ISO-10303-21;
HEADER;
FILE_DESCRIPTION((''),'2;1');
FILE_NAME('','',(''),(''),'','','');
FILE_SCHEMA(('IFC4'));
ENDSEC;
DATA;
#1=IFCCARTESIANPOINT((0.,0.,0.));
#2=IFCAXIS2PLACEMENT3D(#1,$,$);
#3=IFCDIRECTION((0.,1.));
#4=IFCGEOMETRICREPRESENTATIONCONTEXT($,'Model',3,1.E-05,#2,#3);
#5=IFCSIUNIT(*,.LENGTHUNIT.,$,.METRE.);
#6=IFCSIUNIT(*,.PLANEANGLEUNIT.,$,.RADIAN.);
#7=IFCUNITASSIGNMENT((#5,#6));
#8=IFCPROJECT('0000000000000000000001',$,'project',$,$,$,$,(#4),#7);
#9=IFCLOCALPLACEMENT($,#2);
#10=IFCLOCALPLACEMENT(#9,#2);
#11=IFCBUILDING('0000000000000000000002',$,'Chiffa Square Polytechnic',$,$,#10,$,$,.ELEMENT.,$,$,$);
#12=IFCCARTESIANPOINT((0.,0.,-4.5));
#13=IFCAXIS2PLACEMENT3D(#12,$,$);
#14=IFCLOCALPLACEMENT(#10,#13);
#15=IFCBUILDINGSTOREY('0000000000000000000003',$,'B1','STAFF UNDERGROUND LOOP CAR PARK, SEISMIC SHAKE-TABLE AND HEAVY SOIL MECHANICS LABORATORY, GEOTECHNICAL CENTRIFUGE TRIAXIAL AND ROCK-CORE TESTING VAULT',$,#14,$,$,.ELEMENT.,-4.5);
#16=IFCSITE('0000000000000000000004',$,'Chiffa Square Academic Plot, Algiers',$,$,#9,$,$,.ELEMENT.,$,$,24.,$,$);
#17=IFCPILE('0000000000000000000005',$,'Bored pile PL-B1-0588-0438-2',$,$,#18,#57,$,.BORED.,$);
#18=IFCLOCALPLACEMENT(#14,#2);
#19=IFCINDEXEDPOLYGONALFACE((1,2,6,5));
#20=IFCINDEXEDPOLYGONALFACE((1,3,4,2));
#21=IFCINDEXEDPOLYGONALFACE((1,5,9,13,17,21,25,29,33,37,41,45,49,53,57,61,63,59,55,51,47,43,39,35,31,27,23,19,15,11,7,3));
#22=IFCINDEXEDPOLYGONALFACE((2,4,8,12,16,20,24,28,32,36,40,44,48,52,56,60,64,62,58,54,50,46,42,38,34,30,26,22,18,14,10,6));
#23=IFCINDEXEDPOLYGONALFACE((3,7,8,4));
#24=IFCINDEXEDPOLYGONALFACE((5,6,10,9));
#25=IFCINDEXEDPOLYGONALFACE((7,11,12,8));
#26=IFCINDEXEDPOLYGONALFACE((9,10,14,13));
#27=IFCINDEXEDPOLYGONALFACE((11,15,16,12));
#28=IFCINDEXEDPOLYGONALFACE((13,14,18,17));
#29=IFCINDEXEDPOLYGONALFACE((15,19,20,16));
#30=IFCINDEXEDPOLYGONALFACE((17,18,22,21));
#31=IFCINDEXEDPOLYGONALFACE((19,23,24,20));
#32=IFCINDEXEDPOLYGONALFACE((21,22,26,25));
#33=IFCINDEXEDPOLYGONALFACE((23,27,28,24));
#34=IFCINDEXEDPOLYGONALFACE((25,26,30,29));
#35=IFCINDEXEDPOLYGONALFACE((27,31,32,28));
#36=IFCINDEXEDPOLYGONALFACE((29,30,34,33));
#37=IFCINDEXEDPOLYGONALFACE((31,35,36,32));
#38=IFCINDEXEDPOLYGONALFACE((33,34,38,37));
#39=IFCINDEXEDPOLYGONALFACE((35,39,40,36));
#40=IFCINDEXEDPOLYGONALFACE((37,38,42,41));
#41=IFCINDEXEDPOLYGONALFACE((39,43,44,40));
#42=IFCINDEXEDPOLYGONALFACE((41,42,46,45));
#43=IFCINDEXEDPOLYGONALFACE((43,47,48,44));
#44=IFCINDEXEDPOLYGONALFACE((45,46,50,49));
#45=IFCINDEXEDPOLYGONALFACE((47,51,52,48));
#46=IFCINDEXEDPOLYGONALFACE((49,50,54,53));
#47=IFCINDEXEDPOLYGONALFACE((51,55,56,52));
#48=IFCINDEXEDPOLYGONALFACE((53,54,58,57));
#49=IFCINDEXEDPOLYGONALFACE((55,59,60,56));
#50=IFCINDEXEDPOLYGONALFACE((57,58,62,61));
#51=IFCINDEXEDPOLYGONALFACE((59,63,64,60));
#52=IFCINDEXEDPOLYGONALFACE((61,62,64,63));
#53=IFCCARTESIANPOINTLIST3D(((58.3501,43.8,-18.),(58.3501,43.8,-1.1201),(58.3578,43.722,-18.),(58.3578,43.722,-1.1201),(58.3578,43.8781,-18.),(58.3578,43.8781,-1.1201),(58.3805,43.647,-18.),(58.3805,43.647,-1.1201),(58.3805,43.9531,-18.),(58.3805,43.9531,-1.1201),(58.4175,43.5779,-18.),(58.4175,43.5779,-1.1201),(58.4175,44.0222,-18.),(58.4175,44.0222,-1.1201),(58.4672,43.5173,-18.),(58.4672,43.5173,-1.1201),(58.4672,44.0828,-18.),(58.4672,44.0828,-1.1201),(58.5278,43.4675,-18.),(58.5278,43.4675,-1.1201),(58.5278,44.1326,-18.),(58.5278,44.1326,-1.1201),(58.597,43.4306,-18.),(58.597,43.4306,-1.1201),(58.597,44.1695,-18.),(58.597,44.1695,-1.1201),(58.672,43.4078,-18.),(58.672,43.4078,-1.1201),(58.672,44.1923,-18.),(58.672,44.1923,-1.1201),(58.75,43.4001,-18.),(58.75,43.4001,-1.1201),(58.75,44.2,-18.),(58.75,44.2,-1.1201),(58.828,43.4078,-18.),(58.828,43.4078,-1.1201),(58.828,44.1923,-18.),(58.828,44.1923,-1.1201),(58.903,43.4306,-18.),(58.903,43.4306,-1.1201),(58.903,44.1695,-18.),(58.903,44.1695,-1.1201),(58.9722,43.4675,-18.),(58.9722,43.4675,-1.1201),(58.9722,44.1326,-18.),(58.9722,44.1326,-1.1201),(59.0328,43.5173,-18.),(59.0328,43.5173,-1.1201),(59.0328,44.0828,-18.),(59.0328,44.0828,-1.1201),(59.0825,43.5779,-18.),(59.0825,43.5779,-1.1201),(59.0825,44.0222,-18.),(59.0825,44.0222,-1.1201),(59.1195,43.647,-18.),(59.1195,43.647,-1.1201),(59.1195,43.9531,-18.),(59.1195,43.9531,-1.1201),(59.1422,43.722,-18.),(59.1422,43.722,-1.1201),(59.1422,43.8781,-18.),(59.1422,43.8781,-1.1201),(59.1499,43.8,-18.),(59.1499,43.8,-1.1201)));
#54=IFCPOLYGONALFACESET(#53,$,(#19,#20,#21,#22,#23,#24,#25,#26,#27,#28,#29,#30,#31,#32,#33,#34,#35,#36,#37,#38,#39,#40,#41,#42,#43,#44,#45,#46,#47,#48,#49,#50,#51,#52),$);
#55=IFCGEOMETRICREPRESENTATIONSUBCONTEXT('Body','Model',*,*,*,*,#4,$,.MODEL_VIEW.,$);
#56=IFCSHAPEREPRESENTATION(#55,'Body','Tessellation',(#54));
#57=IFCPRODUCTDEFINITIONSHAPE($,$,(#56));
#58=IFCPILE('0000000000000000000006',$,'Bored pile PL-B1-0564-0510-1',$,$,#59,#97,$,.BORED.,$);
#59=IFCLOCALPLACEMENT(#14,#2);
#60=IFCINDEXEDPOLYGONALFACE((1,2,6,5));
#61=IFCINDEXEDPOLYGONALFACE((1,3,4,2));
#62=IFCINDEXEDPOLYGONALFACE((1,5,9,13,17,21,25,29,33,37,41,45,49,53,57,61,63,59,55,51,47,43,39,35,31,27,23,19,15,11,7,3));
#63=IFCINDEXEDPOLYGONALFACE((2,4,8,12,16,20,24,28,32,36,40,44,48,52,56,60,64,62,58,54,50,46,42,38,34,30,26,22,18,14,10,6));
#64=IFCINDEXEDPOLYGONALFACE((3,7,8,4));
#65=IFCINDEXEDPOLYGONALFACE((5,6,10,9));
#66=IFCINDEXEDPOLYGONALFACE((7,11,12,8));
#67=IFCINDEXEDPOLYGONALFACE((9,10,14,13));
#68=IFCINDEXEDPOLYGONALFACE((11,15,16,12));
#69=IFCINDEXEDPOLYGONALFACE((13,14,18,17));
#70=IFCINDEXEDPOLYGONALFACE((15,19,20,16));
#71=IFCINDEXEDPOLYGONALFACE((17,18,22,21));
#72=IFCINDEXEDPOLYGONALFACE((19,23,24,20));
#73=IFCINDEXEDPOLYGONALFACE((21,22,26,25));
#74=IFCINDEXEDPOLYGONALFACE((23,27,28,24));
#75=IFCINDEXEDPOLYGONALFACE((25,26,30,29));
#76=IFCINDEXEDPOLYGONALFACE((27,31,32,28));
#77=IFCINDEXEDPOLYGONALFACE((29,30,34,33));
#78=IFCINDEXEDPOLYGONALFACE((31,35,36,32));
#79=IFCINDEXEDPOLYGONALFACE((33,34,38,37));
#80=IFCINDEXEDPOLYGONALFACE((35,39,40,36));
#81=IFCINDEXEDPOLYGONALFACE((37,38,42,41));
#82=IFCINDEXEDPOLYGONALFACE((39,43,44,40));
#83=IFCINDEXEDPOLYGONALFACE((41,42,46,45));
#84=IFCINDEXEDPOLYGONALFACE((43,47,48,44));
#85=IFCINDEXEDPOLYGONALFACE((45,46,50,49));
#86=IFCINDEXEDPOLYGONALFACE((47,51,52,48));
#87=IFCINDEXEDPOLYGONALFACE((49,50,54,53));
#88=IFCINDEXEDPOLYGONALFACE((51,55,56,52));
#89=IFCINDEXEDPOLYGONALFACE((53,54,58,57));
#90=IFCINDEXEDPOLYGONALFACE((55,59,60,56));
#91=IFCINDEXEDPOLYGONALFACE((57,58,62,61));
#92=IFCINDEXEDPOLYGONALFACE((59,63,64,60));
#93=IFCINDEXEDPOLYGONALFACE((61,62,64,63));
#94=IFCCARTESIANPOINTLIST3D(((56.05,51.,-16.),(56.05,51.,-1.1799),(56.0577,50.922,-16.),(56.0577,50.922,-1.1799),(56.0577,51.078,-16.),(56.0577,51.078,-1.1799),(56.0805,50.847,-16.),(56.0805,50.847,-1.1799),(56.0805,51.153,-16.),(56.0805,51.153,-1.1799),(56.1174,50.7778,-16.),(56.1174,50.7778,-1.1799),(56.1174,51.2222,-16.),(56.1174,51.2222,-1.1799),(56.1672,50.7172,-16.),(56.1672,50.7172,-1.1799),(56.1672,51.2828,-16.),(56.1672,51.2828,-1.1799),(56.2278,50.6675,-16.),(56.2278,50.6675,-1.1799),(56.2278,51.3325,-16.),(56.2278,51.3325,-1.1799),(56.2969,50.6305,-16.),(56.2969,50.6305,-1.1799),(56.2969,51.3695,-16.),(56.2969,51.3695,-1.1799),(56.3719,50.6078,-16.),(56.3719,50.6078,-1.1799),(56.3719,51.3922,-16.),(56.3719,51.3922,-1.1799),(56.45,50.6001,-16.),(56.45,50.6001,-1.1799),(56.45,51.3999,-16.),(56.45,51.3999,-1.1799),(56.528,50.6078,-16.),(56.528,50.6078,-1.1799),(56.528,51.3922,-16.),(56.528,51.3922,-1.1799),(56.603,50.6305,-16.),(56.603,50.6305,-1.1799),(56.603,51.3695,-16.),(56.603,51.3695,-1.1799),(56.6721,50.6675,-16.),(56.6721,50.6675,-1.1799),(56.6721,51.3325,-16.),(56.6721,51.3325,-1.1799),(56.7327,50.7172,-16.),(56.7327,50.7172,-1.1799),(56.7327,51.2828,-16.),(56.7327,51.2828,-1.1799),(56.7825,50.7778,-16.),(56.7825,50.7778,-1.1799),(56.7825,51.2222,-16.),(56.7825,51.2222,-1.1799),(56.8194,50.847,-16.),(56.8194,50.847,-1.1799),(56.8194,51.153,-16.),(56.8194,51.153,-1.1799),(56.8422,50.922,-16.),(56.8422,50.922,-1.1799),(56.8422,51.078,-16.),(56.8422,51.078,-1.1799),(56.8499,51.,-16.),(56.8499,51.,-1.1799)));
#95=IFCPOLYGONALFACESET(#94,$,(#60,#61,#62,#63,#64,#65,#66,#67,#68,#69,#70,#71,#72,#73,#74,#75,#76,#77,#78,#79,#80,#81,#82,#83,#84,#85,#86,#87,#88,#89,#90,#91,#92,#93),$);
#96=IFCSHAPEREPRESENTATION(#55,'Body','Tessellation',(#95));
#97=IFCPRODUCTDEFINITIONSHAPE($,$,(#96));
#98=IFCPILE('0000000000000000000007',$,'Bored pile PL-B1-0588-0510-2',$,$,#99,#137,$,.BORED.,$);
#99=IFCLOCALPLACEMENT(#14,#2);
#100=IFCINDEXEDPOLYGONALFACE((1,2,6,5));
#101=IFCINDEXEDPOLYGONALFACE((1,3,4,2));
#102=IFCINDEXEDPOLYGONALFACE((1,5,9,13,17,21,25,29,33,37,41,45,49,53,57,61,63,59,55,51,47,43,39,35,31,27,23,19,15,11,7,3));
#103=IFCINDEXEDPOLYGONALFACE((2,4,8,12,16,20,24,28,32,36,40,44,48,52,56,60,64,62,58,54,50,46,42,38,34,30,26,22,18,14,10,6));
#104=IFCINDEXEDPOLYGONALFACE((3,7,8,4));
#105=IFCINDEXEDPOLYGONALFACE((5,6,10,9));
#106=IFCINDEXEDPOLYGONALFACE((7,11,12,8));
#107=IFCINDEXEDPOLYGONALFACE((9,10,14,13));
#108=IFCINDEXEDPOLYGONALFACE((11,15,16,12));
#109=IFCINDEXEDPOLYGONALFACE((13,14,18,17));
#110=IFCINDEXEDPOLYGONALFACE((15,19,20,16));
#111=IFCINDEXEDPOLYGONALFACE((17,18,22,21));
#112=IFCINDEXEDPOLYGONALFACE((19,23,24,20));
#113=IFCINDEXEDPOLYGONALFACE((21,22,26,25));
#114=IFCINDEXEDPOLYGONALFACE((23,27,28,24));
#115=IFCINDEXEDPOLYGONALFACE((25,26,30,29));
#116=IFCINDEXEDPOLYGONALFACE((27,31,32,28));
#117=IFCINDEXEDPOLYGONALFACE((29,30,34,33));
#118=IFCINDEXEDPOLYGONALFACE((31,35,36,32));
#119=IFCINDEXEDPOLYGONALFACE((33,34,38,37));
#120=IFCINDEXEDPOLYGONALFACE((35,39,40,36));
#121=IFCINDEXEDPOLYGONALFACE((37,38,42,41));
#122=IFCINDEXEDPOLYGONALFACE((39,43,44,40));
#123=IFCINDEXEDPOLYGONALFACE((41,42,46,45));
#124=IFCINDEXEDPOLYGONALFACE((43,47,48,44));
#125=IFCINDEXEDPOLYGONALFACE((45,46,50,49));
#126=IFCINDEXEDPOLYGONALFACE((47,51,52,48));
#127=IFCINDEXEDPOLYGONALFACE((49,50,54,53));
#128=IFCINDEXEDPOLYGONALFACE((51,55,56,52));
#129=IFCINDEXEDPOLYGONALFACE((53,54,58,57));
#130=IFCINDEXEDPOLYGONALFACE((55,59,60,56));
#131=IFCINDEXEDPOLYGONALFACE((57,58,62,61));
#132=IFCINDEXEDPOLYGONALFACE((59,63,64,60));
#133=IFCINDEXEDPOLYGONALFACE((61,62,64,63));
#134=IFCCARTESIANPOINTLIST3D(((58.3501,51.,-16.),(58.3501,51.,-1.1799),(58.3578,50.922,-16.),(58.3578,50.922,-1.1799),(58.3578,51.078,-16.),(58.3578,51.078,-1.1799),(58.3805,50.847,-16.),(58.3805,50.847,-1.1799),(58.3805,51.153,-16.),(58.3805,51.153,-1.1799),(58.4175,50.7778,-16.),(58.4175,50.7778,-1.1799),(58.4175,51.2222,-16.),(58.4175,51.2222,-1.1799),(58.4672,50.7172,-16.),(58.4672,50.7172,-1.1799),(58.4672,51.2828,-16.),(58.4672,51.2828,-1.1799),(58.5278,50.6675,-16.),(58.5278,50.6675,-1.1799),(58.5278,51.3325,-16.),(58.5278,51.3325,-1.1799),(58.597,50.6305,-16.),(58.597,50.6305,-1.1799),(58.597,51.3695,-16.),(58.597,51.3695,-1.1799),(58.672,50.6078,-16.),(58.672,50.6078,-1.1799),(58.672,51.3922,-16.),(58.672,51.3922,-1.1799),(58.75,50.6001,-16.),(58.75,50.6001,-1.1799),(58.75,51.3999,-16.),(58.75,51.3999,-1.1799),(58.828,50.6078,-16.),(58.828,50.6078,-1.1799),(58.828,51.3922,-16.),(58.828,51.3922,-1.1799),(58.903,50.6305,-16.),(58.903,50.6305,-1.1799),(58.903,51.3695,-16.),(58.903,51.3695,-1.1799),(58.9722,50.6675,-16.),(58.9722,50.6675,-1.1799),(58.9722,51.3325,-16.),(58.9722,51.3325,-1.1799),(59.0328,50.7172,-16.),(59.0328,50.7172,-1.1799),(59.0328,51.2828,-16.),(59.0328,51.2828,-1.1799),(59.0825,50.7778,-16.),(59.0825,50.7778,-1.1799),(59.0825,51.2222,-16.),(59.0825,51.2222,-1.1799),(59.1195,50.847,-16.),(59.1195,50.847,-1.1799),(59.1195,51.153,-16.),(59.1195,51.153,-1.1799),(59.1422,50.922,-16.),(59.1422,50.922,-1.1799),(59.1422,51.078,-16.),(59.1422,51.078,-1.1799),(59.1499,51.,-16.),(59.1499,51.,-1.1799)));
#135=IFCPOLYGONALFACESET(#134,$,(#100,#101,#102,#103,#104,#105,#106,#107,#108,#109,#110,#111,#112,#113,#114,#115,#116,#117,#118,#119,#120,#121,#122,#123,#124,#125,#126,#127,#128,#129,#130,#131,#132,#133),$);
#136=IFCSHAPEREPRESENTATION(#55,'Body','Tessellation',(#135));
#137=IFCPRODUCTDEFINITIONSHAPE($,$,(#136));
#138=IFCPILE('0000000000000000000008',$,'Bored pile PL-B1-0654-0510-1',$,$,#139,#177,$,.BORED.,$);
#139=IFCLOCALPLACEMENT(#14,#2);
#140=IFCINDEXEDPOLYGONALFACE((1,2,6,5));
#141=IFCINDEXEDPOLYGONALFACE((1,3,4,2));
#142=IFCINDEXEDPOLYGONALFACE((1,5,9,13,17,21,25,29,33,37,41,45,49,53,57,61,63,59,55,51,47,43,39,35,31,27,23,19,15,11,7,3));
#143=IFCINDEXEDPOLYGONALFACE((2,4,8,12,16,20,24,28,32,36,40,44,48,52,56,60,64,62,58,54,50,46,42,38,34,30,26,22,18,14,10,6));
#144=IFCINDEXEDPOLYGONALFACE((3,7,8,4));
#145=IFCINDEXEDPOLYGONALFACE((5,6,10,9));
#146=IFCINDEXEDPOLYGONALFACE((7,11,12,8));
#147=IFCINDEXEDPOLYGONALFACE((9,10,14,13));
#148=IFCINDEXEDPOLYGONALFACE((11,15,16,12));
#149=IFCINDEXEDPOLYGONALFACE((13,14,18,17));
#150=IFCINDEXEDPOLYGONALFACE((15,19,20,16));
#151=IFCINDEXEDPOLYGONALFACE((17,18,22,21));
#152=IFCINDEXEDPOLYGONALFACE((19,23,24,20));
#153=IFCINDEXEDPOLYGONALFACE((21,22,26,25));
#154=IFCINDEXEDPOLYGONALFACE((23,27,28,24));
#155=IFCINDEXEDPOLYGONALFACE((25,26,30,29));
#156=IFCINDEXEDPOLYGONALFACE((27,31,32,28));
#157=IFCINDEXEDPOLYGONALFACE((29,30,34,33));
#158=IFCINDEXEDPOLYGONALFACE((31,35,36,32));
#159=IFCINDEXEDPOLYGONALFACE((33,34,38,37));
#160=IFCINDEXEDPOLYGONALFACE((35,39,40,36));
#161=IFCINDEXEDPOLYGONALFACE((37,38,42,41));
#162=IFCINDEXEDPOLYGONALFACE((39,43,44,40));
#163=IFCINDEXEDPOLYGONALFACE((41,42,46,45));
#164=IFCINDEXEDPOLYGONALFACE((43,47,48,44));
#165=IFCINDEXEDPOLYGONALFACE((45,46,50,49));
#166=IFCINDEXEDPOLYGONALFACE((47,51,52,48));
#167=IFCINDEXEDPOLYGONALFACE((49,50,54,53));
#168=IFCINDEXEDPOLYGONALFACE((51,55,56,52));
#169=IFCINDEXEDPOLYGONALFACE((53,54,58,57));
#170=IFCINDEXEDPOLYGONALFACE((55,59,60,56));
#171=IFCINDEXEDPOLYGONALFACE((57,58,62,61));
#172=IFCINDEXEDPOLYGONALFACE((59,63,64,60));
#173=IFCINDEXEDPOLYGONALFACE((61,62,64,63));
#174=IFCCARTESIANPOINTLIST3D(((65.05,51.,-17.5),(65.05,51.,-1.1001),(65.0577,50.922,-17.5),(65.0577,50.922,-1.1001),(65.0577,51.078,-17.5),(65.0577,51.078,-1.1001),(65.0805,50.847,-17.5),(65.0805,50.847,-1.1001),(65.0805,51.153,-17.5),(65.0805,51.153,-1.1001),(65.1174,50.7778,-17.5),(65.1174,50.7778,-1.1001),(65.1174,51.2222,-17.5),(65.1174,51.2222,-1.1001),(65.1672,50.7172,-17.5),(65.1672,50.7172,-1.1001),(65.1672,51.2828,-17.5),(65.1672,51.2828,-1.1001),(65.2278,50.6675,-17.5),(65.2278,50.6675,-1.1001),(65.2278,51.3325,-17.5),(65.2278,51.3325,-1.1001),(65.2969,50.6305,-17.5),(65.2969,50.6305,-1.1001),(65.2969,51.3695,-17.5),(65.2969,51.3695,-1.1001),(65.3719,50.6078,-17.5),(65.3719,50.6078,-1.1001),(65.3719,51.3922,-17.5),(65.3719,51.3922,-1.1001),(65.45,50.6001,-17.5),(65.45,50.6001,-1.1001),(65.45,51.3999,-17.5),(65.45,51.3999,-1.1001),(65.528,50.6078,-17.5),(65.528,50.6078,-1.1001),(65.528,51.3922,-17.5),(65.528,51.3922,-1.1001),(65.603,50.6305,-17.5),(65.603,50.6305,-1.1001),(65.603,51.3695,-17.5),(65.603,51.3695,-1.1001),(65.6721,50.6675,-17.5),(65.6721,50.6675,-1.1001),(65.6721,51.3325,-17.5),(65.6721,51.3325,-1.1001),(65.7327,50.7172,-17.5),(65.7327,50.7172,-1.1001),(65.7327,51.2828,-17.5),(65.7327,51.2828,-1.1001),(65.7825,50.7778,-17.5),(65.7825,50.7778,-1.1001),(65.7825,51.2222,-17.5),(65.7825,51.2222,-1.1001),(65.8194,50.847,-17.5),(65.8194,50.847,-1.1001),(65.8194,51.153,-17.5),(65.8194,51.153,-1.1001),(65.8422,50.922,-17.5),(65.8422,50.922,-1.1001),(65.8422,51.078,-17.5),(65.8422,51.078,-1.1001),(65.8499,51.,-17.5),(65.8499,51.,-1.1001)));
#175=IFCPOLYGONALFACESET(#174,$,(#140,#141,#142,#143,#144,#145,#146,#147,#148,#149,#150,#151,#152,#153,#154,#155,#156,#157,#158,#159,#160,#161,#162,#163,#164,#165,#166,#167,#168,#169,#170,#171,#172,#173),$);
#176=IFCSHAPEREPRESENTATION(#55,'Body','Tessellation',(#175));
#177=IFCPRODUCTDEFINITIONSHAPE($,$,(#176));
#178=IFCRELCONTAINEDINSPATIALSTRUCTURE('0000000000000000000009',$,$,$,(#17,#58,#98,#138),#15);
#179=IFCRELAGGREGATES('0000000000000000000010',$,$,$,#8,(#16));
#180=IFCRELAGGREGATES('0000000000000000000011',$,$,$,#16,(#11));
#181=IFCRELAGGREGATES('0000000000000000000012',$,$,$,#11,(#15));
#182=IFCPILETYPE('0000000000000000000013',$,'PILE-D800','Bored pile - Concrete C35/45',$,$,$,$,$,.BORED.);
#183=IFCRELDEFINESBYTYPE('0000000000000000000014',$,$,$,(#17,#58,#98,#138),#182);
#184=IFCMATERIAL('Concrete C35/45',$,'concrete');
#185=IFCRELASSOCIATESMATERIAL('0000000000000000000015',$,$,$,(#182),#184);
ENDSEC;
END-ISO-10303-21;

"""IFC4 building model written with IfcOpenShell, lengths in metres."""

from ifc_helpers import new_model, si_unit, direction, frame, origin, origin_2d, place, context, subcontext, project, spatial, circle, extrude, material, material_profile, profile_set, type_object, element, save


model = new_model("IFC4")

# Units and contexts
model_context = context("Model", 3, precision=1e-05, world=origin(), true_north=direction((0.0, 1.0)))
body_context = subcontext(model_context, "Body", "Model", "MODEL_VIEW")
ifc_project = project(units=[si_unit("LENGTHUNIT", "METRE"), si_unit("PLANEANGLEUNIT", "RADIAN")], contexts=[model_context])

# Site, building, storey
site_placement = place(None, origin())
site = spatial("IfcSite", under=ifc_project, at=site_placement, Name="Chiffa Square Academic Plot, Algiers", CompositionType="ELEMENT", RefElevation=24.0)
building_placement = place(site_placement, origin())
building = spatial("IfcBuilding", under=site, at=building_placement, Name="Chiffa Square Polytechnic", CompositionType="ELEMENT")
storey_placement = place(building_placement, frame((0.0, 0.0, -4.5)))
storey = spatial("IfcBuildingStorey", under=building, at=storey_placement, Name="B1", Description="STAFF UNDERGROUND LOOP CAR PARK, SEISMIC SHAKE-TABLE AND HEAVY SOIL MECHANICS LABORATORY, GEOTECHNICAL CENTRIFUGE TRIAXIAL AND ROCK-CORE TESTING VAULT", CompositionType="ELEMENT", Elevation=-4.5)

# Shared definitions
ifc_material_1 = material(Name="Concrete C35/45", Category="concrete")

# Piles
ifc_material_profile_1 = material_profile(ifc_material_1, circle(Radius=0.3999, at=origin_2d()), Name="PILE D800")
ifc_profile_set_1 = profile_set([ifc_material_profile_1], Name="Concrete C35/45")
pile_type_1 = type_object("IfcPileType", Name="PILE-D800", Description="Bored pile - Concrete C35/45", PredefinedType="BORED", material=ifc_profile_set_1)
for number, where, z_axis, x_axis, name in (
    (1, (58.75, 43.8, -1.1201), (0.0, 0.0, -1.0), (1.0, 0.0, 0.0), "Bored pile PL-B1-0588-0438-2"),
):
    element("IfcPile", number, at=place(storey_placement, frame(where, z_axis=z_axis, x_axis=x_axis)), inside=storey, type_object=pile_type_1, Name=name, PredefinedType="BORED", context=body_context, shape_type="SweptSolid", body=[
        extrude(circle(Radius=0.3999, at=origin_2d()), origin(), (0.0, 0.0, 1.0), 16.8799),
    ])
for number, where, z_axis, x_axis, name in (
    (2, (56.45, 51.0, -1.1799), (0.0, 0.0, -1.0), (1.0, 0.0, 0.0), "Bored pile PL-B1-0564-0510-1"),
    (3, (58.75, 51.0, -1.1799), (0.0, 0.0, -1.0), (1.0, 0.0, 0.0), "Bored pile PL-B1-0588-0510-2"),
):
    element("IfcPile", number, at=place(storey_placement, frame(where, z_axis=z_axis, x_axis=x_axis)), inside=storey, type_object=pile_type_1, Name=name, PredefinedType="BORED", context=body_context, shape_type="SweptSolid", body=[
        extrude(circle(Radius=0.3999, at=origin_2d()), origin(), (0.0, 0.0, 1.0), 14.8201),
    ])
pile_1_placement = place(storey_placement, frame((65.45, 51.0, -1.1001), z_axis=(0.0, 0.0, -1.0), x_axis=(1.0, 0.0, 0.0)))
element("IfcPile", 4, at=pile_1_placement, inside=storey, type_object=pile_type_1, Name="Bored pile PL-B1-0654-0510-1", PredefinedType="BORED", context=body_context, shape_type="SweptSolid", body=[
    extrude(circle(Radius=0.3999, at=origin_2d()), origin(), (0.0, 0.0, 1.0), 16.3999),
])

save(model, "model.ifc")
